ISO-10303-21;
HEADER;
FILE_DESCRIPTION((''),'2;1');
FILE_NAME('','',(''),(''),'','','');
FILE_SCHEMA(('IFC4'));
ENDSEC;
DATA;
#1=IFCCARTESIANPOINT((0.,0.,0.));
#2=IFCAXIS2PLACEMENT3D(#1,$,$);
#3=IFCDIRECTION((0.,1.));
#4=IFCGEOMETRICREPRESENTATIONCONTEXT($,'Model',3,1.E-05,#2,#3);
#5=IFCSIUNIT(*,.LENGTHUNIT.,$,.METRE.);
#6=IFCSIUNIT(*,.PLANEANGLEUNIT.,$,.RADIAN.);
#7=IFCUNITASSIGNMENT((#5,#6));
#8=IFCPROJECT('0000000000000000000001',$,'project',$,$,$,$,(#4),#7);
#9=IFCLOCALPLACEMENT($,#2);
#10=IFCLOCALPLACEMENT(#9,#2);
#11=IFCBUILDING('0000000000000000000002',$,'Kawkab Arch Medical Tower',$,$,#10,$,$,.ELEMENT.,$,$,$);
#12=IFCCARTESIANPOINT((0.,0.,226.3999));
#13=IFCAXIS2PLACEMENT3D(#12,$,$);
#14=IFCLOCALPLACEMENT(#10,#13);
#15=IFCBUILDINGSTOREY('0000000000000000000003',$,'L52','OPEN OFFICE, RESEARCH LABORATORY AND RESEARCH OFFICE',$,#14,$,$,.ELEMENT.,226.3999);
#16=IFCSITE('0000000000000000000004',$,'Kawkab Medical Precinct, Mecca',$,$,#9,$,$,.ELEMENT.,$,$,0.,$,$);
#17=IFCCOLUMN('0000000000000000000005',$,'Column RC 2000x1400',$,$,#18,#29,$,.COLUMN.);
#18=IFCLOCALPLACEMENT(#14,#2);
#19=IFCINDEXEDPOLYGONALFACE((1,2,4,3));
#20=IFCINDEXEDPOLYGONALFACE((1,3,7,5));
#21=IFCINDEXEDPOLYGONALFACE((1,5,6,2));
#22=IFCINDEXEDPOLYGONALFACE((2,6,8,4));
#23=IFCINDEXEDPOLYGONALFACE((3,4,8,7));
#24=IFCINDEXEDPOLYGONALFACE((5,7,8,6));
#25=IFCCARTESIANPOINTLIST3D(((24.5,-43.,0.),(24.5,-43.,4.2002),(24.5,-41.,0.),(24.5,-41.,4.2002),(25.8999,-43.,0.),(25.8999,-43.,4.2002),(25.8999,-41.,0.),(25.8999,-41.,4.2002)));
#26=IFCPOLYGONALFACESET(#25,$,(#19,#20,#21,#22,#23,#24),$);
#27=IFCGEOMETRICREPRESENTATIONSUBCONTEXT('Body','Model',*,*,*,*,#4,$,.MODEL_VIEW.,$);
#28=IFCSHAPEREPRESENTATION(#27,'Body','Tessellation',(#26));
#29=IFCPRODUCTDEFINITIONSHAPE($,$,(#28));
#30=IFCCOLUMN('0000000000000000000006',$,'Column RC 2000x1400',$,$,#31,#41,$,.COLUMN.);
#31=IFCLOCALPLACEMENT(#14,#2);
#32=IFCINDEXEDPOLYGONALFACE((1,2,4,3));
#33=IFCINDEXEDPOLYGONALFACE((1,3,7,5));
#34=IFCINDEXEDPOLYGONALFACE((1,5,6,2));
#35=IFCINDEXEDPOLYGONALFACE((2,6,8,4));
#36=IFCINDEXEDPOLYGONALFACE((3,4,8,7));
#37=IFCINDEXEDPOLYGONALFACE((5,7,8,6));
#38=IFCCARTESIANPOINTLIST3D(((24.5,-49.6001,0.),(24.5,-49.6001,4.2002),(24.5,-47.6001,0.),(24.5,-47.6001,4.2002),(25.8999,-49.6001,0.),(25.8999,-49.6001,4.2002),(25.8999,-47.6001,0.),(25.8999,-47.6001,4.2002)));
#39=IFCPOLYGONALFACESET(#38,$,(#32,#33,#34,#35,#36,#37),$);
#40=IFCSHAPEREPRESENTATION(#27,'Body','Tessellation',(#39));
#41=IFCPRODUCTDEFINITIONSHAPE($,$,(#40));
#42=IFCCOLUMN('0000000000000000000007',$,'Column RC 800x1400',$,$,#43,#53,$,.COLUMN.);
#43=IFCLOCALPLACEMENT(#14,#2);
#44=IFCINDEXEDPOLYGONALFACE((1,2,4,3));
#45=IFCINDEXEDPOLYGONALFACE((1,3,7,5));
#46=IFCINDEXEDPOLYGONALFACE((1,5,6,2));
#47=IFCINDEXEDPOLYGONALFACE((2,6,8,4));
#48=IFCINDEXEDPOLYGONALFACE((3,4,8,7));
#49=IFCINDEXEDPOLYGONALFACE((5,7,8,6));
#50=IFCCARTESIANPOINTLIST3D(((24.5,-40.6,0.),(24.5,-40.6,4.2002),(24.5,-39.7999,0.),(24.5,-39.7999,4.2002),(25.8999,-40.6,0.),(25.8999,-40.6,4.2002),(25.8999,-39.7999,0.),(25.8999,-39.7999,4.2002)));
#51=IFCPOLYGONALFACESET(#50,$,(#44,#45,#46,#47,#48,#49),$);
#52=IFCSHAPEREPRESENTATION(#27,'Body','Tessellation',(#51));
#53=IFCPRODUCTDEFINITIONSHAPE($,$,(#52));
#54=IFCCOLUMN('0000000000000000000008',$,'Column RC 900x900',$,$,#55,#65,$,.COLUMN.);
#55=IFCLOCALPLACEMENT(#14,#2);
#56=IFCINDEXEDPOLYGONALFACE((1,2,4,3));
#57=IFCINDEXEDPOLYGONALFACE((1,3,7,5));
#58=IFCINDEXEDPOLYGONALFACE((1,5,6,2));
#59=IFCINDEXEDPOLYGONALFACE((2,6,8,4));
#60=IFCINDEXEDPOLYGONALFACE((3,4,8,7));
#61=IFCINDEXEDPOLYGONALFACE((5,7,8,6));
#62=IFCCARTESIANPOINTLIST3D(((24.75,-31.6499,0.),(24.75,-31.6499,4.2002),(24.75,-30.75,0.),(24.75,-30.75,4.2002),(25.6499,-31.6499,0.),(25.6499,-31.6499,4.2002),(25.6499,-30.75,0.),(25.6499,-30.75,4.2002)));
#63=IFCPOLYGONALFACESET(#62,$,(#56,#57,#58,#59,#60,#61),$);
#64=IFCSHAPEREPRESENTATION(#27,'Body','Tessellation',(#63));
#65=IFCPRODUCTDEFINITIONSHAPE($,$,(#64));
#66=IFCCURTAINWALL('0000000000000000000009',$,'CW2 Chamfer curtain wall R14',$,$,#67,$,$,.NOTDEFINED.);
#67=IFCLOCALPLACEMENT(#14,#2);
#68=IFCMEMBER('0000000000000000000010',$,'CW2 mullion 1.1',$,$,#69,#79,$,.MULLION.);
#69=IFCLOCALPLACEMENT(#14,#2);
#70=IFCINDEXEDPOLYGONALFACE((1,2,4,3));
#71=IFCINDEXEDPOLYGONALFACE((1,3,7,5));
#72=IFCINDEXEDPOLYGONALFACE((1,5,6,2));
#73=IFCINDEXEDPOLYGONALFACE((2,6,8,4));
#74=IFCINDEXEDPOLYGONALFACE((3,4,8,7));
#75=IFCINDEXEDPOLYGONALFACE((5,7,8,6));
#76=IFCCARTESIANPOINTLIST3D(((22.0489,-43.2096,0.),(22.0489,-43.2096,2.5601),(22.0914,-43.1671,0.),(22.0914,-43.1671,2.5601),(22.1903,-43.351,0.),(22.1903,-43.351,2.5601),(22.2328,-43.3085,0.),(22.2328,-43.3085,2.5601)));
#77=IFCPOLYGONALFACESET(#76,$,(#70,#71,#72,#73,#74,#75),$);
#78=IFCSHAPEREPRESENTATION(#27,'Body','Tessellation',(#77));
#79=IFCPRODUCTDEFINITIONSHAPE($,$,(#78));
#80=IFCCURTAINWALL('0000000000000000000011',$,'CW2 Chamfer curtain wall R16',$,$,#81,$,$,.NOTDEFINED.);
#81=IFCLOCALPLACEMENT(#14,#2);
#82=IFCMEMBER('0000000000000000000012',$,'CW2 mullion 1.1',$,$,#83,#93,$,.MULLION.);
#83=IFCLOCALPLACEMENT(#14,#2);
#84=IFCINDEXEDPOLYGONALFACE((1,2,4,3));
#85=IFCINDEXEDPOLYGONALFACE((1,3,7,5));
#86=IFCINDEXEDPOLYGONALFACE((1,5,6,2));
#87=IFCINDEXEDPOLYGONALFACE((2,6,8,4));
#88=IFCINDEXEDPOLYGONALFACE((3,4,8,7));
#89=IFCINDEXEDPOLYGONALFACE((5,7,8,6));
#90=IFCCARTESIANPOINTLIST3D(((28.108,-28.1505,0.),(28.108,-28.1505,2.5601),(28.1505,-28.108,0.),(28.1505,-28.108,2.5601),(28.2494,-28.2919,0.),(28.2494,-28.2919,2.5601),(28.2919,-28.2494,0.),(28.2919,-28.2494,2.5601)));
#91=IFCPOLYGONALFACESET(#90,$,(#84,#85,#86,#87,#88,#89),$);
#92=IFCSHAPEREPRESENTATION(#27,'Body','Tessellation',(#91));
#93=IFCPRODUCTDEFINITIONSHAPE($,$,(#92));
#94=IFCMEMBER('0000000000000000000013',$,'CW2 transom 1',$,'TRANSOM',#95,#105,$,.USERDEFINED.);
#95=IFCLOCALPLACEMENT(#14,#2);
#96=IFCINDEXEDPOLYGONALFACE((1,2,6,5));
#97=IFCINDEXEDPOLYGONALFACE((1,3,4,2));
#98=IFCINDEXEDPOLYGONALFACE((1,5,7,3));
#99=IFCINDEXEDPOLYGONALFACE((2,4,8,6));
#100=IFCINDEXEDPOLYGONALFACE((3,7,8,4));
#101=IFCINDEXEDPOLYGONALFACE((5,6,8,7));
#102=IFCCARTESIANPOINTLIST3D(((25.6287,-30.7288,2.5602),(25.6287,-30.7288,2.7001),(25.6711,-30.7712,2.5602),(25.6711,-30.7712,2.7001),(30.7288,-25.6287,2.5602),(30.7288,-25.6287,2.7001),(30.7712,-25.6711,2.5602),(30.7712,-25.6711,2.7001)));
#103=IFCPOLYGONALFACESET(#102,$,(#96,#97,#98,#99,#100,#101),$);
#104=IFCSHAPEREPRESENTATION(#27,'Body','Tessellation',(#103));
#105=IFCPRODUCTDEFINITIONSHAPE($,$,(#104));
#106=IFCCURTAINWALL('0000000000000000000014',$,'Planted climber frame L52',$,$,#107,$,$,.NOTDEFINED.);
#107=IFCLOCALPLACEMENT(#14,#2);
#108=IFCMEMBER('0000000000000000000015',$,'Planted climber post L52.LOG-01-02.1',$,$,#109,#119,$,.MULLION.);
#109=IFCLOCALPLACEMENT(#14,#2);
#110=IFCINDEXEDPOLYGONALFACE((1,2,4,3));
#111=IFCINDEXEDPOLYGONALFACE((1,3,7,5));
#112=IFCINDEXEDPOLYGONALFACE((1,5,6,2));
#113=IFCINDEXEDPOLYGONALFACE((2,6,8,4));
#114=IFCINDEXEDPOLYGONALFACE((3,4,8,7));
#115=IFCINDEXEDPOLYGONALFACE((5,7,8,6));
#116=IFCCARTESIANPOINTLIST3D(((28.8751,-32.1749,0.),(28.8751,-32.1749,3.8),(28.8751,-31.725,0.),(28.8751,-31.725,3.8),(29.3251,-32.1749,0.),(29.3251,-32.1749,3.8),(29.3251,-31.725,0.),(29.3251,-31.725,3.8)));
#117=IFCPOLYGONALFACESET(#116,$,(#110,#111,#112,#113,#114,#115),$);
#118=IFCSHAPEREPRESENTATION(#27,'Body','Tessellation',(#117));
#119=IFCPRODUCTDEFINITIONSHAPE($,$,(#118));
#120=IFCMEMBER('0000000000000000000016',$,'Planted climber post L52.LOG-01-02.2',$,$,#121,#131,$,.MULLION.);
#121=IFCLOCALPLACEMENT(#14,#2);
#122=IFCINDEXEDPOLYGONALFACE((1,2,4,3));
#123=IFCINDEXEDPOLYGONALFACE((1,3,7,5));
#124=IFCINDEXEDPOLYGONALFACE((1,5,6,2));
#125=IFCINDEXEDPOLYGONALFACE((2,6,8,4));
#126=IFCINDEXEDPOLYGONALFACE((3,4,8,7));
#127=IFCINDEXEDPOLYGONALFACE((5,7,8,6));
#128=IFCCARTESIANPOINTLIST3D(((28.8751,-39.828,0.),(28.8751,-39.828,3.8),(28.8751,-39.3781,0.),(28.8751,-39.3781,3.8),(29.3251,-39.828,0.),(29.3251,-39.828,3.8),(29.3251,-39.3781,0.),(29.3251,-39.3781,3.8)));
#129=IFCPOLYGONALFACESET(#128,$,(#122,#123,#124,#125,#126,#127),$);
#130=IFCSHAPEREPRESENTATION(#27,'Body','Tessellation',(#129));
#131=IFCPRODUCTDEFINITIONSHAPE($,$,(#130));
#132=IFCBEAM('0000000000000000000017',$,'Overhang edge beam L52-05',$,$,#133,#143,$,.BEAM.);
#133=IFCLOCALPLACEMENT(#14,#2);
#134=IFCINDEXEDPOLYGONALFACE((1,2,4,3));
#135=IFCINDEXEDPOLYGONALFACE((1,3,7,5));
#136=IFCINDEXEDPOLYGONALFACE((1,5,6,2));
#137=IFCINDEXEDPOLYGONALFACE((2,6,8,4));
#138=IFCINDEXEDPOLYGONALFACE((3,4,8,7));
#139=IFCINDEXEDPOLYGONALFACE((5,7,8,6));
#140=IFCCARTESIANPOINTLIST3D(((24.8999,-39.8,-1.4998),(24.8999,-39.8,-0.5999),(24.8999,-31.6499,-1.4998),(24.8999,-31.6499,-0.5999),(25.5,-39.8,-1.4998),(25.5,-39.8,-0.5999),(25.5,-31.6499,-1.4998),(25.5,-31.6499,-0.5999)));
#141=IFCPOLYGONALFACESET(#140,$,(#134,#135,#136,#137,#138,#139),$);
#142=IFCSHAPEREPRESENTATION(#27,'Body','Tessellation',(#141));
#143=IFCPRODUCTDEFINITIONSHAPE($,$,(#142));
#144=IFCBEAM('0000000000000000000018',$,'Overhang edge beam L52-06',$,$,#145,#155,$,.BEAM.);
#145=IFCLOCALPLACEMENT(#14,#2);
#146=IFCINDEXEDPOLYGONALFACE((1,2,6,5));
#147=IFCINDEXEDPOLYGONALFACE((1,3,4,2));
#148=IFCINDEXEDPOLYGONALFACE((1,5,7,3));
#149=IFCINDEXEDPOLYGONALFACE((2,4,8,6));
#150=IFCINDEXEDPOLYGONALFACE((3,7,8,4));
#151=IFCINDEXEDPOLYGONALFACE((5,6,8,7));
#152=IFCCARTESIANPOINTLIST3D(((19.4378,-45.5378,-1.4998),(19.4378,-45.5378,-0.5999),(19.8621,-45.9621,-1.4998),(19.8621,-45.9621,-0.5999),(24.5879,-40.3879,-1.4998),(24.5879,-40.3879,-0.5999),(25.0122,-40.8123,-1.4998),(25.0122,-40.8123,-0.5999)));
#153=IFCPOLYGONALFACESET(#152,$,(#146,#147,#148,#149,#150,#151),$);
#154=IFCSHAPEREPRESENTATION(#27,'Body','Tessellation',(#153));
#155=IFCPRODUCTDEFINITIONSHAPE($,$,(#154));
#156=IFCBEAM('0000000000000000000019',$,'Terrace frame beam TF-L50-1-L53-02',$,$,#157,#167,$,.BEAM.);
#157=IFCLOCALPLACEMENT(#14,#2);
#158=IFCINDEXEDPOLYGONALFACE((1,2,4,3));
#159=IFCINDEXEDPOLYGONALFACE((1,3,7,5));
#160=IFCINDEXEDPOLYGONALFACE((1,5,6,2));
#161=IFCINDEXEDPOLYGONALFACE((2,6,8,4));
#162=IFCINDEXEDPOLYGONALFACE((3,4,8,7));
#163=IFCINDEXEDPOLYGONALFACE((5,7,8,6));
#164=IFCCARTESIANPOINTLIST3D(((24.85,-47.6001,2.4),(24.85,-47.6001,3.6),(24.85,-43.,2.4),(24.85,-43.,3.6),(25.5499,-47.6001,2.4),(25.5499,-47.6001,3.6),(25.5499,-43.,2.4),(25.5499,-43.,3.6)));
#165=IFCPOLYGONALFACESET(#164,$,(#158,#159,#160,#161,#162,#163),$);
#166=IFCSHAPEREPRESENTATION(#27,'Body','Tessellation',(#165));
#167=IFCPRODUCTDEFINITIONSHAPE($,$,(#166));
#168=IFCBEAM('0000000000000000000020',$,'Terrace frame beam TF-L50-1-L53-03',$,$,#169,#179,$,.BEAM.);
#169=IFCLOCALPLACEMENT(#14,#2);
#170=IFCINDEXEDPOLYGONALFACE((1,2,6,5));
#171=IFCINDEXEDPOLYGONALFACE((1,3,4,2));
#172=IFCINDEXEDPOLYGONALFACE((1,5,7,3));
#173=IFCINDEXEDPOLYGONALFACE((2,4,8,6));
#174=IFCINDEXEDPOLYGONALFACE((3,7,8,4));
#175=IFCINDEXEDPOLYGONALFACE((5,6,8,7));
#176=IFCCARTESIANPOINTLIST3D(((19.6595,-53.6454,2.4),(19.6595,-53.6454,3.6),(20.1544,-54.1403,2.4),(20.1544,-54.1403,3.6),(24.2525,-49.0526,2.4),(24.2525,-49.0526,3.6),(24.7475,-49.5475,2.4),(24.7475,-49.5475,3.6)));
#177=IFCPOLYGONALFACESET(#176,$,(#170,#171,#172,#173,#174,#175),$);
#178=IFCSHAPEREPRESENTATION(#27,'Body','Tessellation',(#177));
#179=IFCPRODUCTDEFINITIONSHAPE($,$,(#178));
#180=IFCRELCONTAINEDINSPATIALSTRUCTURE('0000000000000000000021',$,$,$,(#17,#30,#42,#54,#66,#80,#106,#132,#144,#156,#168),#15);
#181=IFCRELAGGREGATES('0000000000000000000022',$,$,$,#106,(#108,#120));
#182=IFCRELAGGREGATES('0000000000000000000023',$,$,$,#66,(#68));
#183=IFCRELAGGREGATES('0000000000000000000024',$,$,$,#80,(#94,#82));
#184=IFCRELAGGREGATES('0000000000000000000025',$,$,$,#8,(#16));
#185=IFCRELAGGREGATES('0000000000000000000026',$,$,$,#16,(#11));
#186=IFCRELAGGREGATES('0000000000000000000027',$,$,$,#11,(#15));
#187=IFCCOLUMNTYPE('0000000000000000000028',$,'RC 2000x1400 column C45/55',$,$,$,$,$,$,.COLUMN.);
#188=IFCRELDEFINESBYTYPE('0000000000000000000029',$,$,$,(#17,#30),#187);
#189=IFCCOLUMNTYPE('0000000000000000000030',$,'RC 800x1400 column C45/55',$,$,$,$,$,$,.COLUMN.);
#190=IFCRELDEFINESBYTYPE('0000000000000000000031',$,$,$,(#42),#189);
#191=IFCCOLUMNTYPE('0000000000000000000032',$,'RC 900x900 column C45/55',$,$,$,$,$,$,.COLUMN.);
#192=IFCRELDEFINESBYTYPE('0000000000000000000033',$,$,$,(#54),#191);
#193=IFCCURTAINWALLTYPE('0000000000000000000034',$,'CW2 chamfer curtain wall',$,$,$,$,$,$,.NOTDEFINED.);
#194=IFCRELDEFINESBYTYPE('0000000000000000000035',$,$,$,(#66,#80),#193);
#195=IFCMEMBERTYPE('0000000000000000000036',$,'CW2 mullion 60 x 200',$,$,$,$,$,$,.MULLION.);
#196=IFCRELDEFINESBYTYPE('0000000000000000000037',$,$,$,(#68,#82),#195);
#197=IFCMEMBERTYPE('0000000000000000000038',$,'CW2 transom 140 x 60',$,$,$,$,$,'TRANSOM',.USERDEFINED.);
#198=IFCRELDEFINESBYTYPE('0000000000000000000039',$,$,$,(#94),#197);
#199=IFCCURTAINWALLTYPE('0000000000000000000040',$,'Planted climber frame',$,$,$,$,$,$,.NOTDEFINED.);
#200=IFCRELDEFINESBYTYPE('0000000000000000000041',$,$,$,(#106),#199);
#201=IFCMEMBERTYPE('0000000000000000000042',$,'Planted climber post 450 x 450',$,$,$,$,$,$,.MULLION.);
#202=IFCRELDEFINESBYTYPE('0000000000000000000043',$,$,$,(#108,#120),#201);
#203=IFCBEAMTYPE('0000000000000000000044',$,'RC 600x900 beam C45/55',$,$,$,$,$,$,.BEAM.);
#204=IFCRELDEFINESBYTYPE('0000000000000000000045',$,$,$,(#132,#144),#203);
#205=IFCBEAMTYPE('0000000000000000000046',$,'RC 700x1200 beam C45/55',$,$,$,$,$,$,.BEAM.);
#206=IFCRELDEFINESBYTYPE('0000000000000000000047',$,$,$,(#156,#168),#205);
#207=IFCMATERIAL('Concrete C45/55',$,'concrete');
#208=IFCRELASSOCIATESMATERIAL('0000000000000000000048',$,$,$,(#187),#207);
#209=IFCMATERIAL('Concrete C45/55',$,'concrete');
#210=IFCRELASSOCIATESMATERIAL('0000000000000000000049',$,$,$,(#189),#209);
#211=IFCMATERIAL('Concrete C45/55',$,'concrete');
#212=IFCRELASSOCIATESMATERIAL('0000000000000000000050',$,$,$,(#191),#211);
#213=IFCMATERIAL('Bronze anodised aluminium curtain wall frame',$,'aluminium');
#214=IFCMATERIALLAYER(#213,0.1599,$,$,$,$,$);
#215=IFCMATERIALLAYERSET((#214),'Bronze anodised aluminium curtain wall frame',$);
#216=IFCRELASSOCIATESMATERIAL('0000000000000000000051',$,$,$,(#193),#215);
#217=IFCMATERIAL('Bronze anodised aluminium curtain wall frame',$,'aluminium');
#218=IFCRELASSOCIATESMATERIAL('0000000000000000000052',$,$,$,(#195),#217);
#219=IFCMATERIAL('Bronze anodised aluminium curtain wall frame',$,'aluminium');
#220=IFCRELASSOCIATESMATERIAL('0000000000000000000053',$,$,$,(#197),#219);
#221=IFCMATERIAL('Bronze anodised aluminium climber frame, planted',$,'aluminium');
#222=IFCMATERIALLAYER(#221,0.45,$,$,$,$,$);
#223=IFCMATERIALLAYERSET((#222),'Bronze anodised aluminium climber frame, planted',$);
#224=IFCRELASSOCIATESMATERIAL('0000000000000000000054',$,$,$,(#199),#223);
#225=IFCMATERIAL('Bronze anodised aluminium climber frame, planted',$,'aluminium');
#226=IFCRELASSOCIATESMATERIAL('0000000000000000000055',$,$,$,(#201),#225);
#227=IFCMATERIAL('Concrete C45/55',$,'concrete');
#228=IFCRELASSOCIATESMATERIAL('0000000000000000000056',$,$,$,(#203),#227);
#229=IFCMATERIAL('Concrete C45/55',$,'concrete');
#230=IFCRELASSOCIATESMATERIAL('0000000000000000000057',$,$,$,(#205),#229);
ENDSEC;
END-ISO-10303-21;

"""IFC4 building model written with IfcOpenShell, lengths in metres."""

from ifc_helpers import new_model, si_unit, direction, frame, origin, origin_2d, place, context, subcontext, project, spatial, rectangle, extrude, material, layer, layer_set, material_profile, profile_set, type_object, element, aggregate, save


model = new_model("IFC4")

# Units and contexts
model_context = context("Model", 3, precision=1e-05, world=origin(), true_north=direction((0.0, 1.0)))
body_context = subcontext(model_context, "Body", "Model", "MODEL_VIEW")
ifc_project = project(units=[si_unit("LENGTHUNIT", "METRE"), si_unit("PLANEANGLEUNIT", "RADIAN")], contexts=[model_context])

# Site, building, storey
site_placement = place(None, origin())
site = spatial("IfcSite", under=ifc_project, at=site_placement, Name="Kawkab Medical Precinct, Mecca", CompositionType="ELEMENT", RefElevation=0.0)
building_placement = place(site_placement, origin())
building = spatial("IfcBuilding", under=site, at=building_placement, Name="Kawkab Arch Medical Tower", CompositionType="ELEMENT")
storey_placement = place(building_placement, frame((0.0, 0.0, 226.3999)))
storey = spatial("IfcBuildingStorey", under=building, at=storey_placement, Name="L52", Description="OPEN OFFICE, RESEARCH LABORATORY AND RESEARCH OFFICE", CompositionType="ELEMENT", Elevation=226.3999)

# Columns
ifc_material_1 = material(Name="Concrete C45/55", Category="concrete")
ifc_material_profile_1 = material_profile(ifc_material_1, rectangle(XDim=2.0, YDim=1.3999, at=origin_2d()), Name="RC 2000x1400")
ifc_profile_set_1 = profile_set([ifc_material_profile_1], Name="Concrete C45/55")
column_type_1 = type_object("IfcColumnType", Name="RC 2000x1400 column C45/55", PredefinedType="COLUMN", material=ifc_profile_set_1)
for number, where, z_axis, x_axis, name in (
    (1, (25.2, -42.0, 0.0), (0.0, 0.0, 1.0), (0.0, -1.0, 0.0), "Column RC 2000x1400"),
    (2, (25.2, -48.6001, 0.0), (0.0, 0.0, 1.0), (0.0, -1.0, 0.0), "Column RC 2000x1400"),
):
    element("IfcColumn", number, at=place(storey_placement, frame(where, z_axis=z_axis, x_axis=x_axis)), inside=storey, type_object=column_type_1, Name=name, PredefinedType="COLUMN", context=body_context, shape_type="SweptSolid", body=[
        extrude(rectangle(XDim=2.0, YDim=1.3999, at=origin_2d()), origin(), (0.0, 0.0, 1.0), 4.2002),
    ])
ifc_material_2 = material(Name="Concrete C45/55", Category="concrete")
ifc_material_profile_2 = material_profile(ifc_material_2, rectangle(XDim=0.8, YDim=1.3999, at=origin_2d()), Name="RC 800x1400")
ifc_profile_set_2 = profile_set([ifc_material_profile_2], Name="Concrete C45/55")
column_type_2 = type_object("IfcColumnType", Name="RC 800x1400 column C45/55", PredefinedType="COLUMN", material=ifc_profile_set_2)
column_1_placement = place(storey_placement, frame((25.2, -40.2, 0.0), z_axis=(0.0, 0.0, 1.0), x_axis=(0.0, -1.0, 0.0)))
element("IfcColumn", 3, at=column_1_placement, inside=storey, type_object=column_type_2, Name="Column RC 800x1400", PredefinedType="COLUMN", context=body_context, shape_type="SweptSolid", body=[
    extrude(rectangle(XDim=0.8, YDim=1.3999, at=origin_2d()), origin(), (0.0, 0.0, 1.0), 4.2002),
])
ifc_material_3 = material(Name="Concrete C45/55", Category="concrete")
ifc_material_profile_3 = material_profile(ifc_material_3, rectangle(XDim=0.8999, YDim=0.8999, at=origin_2d()), Name="RC 900x900")
ifc_profile_set_3 = profile_set([ifc_material_profile_3], Name="Concrete C45/55")
column_type_3 = type_object("IfcColumnType", Name="RC 900x900 column C45/55", PredefinedType="COLUMN", material=ifc_profile_set_3)
column_2_placement = place(storey_placement, frame((25.2, -31.2, 0.0), z_axis=(0.0, 0.0, 1.0), x_axis=(1.0, 0.0, 0.0)))
element("IfcColumn", 4, at=column_2_placement, inside=storey, type_object=column_type_3, Name="Column RC 900x900", PredefinedType="COLUMN", context=body_context, shape_type="SweptSolid", body=[
    extrude(rectangle(XDim=0.8999, YDim=0.8999, at=origin_2d()), origin(), (0.0, 0.0, 1.0), 4.2002),
])

# Curtain wall, member
ifc_material_4 = material(Name="Bronze anodised aluminium curtain wall frame", Category="aluminium")
ifc_layer_1 = layer(ifc_material_4, 0.1599)
ifc_layer_set_1 = layer_set([ifc_layer_1], Name="Bronze anodised aluminium curtain wall frame")
curtain_wall_type_1 = type_object("IfcCurtainWallType", Name="CW2 chamfer curtain wall", PredefinedType="NOTDEFINED", material=ifc_layer_set_1)
placement = place(storey_placement, origin())
curtain_wall_1 = element("IfcCurtainWall", 5, at=placement, inside=storey, type_object=curtain_wall_type_1, Name="CW2 Chamfer curtain wall R14", PredefinedType="NOTDEFINED")
ifc_material_5 = material(Name="Bronze anodised aluminium curtain wall frame", Category="aluminium")
ifc_material_profile_4 = material_profile(ifc_material_5, rectangle(XDim=0.2, YDim=0.0601, at=origin_2d()), Name="AL 60x200")
ifc_profile_set_4 = profile_set([ifc_material_profile_4], Name="Bronze anodised aluminium curtain wall frame")
member_type_1 = type_object("IfcMemberType", Name="CW2 mullion 60 x 200", PredefinedType="MULLION", material=ifc_profile_set_4)
member_1_placement = place(storey_placement, frame((22.1409, -43.259, 0.0), z_axis=(0.0, 0.0, 1.0), x_axis=(-0.707107, 0.707107, 0.0)))
member_1 = element("IfcMember", 6, at=member_1_placement, type_object=member_type_1, Name="CW2 mullion 1.1", PredefinedType="MULLION", context=body_context, shape_type="SweptSolid", body=[
    extrude(rectangle(XDim=0.2, YDim=0.0601, at=origin_2d()), origin(), (0.0, 0.0, 1.0), 2.5601),
])

# Curtain walls, members
curtain_wall_2 = element("IfcCurtainWall", 7, at=placement, inside=storey, type_object=curtain_wall_type_1, Name="CW2 Chamfer curtain wall R16", PredefinedType="NOTDEFINED")
member_2_placement = place(storey_placement, frame((28.2, -28.2, 0.0), z_axis=(0.0, 0.0, 1.0), x_axis=(-0.707107, 0.707107, 0.0)))
member_2 = element("IfcMember", 8, at=member_2_placement, type_object=member_type_1, Name="CW2 mullion 1.1", PredefinedType="MULLION", context=body_context, shape_type="SweptSolid", body=[
    extrude(rectangle(XDim=0.2, YDim=0.0601, at=origin_2d()), origin(), (0.0, 0.0, 1.0), 2.5601),
])
ifc_material_6 = material(Name="Bronze anodised aluminium curtain wall frame", Category="aluminium")
ifc_material_profile_5 = material_profile(ifc_material_6, rectangle(XDim=0.0601, YDim=0.1399, at=origin_2d()), Name="AL 60x140")
ifc_profile_set_5 = profile_set([ifc_material_profile_5], Name="Bronze anodised aluminium curtain wall frame")
member_type_2 = type_object("IfcMemberType", Name="CW2 transom 140 x 60", ElementType="TRANSOM", PredefinedType="USERDEFINED", material=ifc_profile_set_5)
member_3_placement = place(storey_placement, frame((25.6499, -30.75, 2.6301), z_axis=(0.707107, 0.707107, 0.0), x_axis=(-0.707107, 0.707107, 0.0)))
member_3 = element("IfcMember", 9, at=member_3_placement, type_object=member_type_2, Name="CW2 transom 1", ObjectType="TRANSOM", PredefinedType="USERDEFINED", context=body_context, shape_type="SweptSolid", body=[
    extrude(rectangle(XDim=0.0601, YDim=0.1399, at=origin_2d()), origin(), (0.0, 0.0, 1.0), 7.2126),
])
ifc_material_7 = material(Name="Bronze anodised aluminium climber frame, planted", Category="aluminium")
ifc_layer_2 = layer(ifc_material_7, 0.45)
ifc_layer_set_2 = layer_set([ifc_layer_2], Name="Bronze anodised aluminium climber frame, planted")
curtain_wall_type_2 = type_object("IfcCurtainWallType", Name="Planted climber frame", PredefinedType="NOTDEFINED", material=ifc_layer_set_2)
curtain_wall_3 = element("IfcCurtainWall", 10, at=placement, inside=storey, type_object=curtain_wall_type_2, Name="Planted climber frame L52", PredefinedType="NOTDEFINED")
ifc_material_8 = material(Name="Bronze anodised aluminium climber frame, planted", Category="aluminium")
ifc_material_profile_6 = material_profile(ifc_material_8, rectangle(XDim=0.45, YDim=0.45, at=origin_2d()), Name="Post 450x450")
ifc_profile_set_6 = profile_set([ifc_material_profile_6], Name="Bronze anodised aluminium climber frame, planted")
member_type_3 = type_object("IfcMemberType", Name="Planted climber post 450 x 450", PredefinedType="MULLION", material=ifc_profile_set_6)
member_4_placement = place(storey_placement, frame((29.1001, -31.95, 0.0), z_axis=(0.0, 0.0, 1.0), x_axis=(1.0, 0.0, 0.0)))
member_4 = element("IfcMember", 11, at=member_4_placement, type_object=member_type_3, Name="Planted climber post L52.LOG-01-02.1", PredefinedType="MULLION", context=body_context, shape_type="SweptSolid", body=[
    extrude(rectangle(XDim=0.45, YDim=0.45, at=origin_2d()), origin(), (0.0, 0.0, 1.0), 3.8),
])
member_5_placement = place(storey_placement, frame((29.1001, -39.603, 0.0), z_axis=(0.0, 0.0, 1.0), x_axis=(1.0, 0.0, 0.0)))
member_5 = element("IfcMember", 12, at=member_5_placement, type_object=member_type_3, Name="Planted climber post L52.LOG-01-02.2", PredefinedType="MULLION", context=body_context, shape_type="SweptSolid", body=[
    extrude(rectangle(XDim=0.45, YDim=0.45, at=origin_2d()), origin(), (0.0, 0.0, 1.0), 3.8),
])
aggregate(curtain_wall_3, [member_4, member_5])

# Beams
ifc_material_9 = material(Name="Concrete C45/55", Category="concrete")
ifc_material_profile_7 = material_profile(ifc_material_9, rectangle(XDim=0.6001, YDim=0.8999, at=origin_2d()), Name="RC 600x900")
ifc_profile_set_7 = profile_set([ifc_material_profile_7], Name="Concrete C45/55")
beam_type_1 = type_object("IfcBeamType", Name="RC 600x900 beam C45/55", PredefinedType="BEAM", material=ifc_profile_set_7)
beam_1_placement = place(storey_placement, frame((25.2, -31.6499, -1.0498), z_axis=(0.0, -1.0, 0.0), x_axis=(1.0, 0.0, 0.0)))
element("IfcBeam", 13, at=beam_1_placement, inside=storey, type_object=beam_type_1, Name="Overhang edge beam L52-05", PredefinedType="BEAM", context=body_context, shape_type="SweptSolid", body=[
    extrude(rectangle(XDim=0.6001, YDim=0.8999, at=origin_2d()), origin(), (0.0, 0.0, 1.0), 8.1501),
])
beam_2_placement = place(storey_placement, frame((24.8, -40.6001, -1.0498), z_axis=(-0.707124, -0.70709, 0.0), x_axis=(0.70709, -0.707124, 0.0)))
element("IfcBeam", 14, at=beam_2_placement, inside=storey, type_object=beam_type_1, Name="Overhang edge beam L52-06", PredefinedType="BEAM", context=body_context, shape_type="SweptSolid", body=[
    extrude(rectangle(XDim=0.6001, YDim=0.8999, at=origin_2d()), origin(), (0.0, 0.0, 1.0), 7.2832),
])
ifc_material_10 = material(Name="Concrete C45/55", Category="concrete")
ifc_material_profile_8 = material_profile(ifc_material_10, rectangle(XDim=0.7, YDim=1.2, at=origin_2d()), Name="RC 700x1200")
ifc_profile_set_8 = profile_set([ifc_material_profile_8], Name="Concrete C45/55")
beam_type_2 = type_object("IfcBeamType", Name="RC 700x1200 beam C45/55", PredefinedType="BEAM", material=ifc_profile_set_8)
beam_3_placement = place(storey_placement, frame((25.2, -43.0, 3.0), z_axis=(0.0, -1.0, 0.0), x_axis=(1.0, 0.0, 0.0)))
element("IfcBeam", 15, at=beam_3_placement, inside=storey, type_object=beam_type_2, Name="Terrace frame beam TF-L50-1-L53-02", PredefinedType="BEAM", context=body_context, shape_type="SweptSolid", body=[
    extrude(rectangle(XDim=0.7, YDim=1.2, at=origin_2d()), origin(), (0.0, 0.0, 1.0), 4.6001),
])
beam_4_placement = place(storey_placement, frame((24.5, -49.3, 3.0), z_axis=(-0.707126, -0.707088, 0.0), x_axis=(0.707088, -0.707126, 0.0)))
element("IfcBeam", 16, at=beam_4_placement, inside=storey, type_object=beam_type_2, Name="Terrace frame beam TF-L50-1-L53-03", PredefinedType="BEAM", context=body_context, shape_type="SweptSolid", body=[
    extrude(rectangle(XDim=0.7, YDim=1.2, at=origin_2d()), origin(), (0.0, 0.0, 1.0), 6.4954),
])

aggregate(curtain_wall_1, [member_1])
aggregate(curtain_wall_2, [member_3, member_2])

save(model, "model.ifc")
